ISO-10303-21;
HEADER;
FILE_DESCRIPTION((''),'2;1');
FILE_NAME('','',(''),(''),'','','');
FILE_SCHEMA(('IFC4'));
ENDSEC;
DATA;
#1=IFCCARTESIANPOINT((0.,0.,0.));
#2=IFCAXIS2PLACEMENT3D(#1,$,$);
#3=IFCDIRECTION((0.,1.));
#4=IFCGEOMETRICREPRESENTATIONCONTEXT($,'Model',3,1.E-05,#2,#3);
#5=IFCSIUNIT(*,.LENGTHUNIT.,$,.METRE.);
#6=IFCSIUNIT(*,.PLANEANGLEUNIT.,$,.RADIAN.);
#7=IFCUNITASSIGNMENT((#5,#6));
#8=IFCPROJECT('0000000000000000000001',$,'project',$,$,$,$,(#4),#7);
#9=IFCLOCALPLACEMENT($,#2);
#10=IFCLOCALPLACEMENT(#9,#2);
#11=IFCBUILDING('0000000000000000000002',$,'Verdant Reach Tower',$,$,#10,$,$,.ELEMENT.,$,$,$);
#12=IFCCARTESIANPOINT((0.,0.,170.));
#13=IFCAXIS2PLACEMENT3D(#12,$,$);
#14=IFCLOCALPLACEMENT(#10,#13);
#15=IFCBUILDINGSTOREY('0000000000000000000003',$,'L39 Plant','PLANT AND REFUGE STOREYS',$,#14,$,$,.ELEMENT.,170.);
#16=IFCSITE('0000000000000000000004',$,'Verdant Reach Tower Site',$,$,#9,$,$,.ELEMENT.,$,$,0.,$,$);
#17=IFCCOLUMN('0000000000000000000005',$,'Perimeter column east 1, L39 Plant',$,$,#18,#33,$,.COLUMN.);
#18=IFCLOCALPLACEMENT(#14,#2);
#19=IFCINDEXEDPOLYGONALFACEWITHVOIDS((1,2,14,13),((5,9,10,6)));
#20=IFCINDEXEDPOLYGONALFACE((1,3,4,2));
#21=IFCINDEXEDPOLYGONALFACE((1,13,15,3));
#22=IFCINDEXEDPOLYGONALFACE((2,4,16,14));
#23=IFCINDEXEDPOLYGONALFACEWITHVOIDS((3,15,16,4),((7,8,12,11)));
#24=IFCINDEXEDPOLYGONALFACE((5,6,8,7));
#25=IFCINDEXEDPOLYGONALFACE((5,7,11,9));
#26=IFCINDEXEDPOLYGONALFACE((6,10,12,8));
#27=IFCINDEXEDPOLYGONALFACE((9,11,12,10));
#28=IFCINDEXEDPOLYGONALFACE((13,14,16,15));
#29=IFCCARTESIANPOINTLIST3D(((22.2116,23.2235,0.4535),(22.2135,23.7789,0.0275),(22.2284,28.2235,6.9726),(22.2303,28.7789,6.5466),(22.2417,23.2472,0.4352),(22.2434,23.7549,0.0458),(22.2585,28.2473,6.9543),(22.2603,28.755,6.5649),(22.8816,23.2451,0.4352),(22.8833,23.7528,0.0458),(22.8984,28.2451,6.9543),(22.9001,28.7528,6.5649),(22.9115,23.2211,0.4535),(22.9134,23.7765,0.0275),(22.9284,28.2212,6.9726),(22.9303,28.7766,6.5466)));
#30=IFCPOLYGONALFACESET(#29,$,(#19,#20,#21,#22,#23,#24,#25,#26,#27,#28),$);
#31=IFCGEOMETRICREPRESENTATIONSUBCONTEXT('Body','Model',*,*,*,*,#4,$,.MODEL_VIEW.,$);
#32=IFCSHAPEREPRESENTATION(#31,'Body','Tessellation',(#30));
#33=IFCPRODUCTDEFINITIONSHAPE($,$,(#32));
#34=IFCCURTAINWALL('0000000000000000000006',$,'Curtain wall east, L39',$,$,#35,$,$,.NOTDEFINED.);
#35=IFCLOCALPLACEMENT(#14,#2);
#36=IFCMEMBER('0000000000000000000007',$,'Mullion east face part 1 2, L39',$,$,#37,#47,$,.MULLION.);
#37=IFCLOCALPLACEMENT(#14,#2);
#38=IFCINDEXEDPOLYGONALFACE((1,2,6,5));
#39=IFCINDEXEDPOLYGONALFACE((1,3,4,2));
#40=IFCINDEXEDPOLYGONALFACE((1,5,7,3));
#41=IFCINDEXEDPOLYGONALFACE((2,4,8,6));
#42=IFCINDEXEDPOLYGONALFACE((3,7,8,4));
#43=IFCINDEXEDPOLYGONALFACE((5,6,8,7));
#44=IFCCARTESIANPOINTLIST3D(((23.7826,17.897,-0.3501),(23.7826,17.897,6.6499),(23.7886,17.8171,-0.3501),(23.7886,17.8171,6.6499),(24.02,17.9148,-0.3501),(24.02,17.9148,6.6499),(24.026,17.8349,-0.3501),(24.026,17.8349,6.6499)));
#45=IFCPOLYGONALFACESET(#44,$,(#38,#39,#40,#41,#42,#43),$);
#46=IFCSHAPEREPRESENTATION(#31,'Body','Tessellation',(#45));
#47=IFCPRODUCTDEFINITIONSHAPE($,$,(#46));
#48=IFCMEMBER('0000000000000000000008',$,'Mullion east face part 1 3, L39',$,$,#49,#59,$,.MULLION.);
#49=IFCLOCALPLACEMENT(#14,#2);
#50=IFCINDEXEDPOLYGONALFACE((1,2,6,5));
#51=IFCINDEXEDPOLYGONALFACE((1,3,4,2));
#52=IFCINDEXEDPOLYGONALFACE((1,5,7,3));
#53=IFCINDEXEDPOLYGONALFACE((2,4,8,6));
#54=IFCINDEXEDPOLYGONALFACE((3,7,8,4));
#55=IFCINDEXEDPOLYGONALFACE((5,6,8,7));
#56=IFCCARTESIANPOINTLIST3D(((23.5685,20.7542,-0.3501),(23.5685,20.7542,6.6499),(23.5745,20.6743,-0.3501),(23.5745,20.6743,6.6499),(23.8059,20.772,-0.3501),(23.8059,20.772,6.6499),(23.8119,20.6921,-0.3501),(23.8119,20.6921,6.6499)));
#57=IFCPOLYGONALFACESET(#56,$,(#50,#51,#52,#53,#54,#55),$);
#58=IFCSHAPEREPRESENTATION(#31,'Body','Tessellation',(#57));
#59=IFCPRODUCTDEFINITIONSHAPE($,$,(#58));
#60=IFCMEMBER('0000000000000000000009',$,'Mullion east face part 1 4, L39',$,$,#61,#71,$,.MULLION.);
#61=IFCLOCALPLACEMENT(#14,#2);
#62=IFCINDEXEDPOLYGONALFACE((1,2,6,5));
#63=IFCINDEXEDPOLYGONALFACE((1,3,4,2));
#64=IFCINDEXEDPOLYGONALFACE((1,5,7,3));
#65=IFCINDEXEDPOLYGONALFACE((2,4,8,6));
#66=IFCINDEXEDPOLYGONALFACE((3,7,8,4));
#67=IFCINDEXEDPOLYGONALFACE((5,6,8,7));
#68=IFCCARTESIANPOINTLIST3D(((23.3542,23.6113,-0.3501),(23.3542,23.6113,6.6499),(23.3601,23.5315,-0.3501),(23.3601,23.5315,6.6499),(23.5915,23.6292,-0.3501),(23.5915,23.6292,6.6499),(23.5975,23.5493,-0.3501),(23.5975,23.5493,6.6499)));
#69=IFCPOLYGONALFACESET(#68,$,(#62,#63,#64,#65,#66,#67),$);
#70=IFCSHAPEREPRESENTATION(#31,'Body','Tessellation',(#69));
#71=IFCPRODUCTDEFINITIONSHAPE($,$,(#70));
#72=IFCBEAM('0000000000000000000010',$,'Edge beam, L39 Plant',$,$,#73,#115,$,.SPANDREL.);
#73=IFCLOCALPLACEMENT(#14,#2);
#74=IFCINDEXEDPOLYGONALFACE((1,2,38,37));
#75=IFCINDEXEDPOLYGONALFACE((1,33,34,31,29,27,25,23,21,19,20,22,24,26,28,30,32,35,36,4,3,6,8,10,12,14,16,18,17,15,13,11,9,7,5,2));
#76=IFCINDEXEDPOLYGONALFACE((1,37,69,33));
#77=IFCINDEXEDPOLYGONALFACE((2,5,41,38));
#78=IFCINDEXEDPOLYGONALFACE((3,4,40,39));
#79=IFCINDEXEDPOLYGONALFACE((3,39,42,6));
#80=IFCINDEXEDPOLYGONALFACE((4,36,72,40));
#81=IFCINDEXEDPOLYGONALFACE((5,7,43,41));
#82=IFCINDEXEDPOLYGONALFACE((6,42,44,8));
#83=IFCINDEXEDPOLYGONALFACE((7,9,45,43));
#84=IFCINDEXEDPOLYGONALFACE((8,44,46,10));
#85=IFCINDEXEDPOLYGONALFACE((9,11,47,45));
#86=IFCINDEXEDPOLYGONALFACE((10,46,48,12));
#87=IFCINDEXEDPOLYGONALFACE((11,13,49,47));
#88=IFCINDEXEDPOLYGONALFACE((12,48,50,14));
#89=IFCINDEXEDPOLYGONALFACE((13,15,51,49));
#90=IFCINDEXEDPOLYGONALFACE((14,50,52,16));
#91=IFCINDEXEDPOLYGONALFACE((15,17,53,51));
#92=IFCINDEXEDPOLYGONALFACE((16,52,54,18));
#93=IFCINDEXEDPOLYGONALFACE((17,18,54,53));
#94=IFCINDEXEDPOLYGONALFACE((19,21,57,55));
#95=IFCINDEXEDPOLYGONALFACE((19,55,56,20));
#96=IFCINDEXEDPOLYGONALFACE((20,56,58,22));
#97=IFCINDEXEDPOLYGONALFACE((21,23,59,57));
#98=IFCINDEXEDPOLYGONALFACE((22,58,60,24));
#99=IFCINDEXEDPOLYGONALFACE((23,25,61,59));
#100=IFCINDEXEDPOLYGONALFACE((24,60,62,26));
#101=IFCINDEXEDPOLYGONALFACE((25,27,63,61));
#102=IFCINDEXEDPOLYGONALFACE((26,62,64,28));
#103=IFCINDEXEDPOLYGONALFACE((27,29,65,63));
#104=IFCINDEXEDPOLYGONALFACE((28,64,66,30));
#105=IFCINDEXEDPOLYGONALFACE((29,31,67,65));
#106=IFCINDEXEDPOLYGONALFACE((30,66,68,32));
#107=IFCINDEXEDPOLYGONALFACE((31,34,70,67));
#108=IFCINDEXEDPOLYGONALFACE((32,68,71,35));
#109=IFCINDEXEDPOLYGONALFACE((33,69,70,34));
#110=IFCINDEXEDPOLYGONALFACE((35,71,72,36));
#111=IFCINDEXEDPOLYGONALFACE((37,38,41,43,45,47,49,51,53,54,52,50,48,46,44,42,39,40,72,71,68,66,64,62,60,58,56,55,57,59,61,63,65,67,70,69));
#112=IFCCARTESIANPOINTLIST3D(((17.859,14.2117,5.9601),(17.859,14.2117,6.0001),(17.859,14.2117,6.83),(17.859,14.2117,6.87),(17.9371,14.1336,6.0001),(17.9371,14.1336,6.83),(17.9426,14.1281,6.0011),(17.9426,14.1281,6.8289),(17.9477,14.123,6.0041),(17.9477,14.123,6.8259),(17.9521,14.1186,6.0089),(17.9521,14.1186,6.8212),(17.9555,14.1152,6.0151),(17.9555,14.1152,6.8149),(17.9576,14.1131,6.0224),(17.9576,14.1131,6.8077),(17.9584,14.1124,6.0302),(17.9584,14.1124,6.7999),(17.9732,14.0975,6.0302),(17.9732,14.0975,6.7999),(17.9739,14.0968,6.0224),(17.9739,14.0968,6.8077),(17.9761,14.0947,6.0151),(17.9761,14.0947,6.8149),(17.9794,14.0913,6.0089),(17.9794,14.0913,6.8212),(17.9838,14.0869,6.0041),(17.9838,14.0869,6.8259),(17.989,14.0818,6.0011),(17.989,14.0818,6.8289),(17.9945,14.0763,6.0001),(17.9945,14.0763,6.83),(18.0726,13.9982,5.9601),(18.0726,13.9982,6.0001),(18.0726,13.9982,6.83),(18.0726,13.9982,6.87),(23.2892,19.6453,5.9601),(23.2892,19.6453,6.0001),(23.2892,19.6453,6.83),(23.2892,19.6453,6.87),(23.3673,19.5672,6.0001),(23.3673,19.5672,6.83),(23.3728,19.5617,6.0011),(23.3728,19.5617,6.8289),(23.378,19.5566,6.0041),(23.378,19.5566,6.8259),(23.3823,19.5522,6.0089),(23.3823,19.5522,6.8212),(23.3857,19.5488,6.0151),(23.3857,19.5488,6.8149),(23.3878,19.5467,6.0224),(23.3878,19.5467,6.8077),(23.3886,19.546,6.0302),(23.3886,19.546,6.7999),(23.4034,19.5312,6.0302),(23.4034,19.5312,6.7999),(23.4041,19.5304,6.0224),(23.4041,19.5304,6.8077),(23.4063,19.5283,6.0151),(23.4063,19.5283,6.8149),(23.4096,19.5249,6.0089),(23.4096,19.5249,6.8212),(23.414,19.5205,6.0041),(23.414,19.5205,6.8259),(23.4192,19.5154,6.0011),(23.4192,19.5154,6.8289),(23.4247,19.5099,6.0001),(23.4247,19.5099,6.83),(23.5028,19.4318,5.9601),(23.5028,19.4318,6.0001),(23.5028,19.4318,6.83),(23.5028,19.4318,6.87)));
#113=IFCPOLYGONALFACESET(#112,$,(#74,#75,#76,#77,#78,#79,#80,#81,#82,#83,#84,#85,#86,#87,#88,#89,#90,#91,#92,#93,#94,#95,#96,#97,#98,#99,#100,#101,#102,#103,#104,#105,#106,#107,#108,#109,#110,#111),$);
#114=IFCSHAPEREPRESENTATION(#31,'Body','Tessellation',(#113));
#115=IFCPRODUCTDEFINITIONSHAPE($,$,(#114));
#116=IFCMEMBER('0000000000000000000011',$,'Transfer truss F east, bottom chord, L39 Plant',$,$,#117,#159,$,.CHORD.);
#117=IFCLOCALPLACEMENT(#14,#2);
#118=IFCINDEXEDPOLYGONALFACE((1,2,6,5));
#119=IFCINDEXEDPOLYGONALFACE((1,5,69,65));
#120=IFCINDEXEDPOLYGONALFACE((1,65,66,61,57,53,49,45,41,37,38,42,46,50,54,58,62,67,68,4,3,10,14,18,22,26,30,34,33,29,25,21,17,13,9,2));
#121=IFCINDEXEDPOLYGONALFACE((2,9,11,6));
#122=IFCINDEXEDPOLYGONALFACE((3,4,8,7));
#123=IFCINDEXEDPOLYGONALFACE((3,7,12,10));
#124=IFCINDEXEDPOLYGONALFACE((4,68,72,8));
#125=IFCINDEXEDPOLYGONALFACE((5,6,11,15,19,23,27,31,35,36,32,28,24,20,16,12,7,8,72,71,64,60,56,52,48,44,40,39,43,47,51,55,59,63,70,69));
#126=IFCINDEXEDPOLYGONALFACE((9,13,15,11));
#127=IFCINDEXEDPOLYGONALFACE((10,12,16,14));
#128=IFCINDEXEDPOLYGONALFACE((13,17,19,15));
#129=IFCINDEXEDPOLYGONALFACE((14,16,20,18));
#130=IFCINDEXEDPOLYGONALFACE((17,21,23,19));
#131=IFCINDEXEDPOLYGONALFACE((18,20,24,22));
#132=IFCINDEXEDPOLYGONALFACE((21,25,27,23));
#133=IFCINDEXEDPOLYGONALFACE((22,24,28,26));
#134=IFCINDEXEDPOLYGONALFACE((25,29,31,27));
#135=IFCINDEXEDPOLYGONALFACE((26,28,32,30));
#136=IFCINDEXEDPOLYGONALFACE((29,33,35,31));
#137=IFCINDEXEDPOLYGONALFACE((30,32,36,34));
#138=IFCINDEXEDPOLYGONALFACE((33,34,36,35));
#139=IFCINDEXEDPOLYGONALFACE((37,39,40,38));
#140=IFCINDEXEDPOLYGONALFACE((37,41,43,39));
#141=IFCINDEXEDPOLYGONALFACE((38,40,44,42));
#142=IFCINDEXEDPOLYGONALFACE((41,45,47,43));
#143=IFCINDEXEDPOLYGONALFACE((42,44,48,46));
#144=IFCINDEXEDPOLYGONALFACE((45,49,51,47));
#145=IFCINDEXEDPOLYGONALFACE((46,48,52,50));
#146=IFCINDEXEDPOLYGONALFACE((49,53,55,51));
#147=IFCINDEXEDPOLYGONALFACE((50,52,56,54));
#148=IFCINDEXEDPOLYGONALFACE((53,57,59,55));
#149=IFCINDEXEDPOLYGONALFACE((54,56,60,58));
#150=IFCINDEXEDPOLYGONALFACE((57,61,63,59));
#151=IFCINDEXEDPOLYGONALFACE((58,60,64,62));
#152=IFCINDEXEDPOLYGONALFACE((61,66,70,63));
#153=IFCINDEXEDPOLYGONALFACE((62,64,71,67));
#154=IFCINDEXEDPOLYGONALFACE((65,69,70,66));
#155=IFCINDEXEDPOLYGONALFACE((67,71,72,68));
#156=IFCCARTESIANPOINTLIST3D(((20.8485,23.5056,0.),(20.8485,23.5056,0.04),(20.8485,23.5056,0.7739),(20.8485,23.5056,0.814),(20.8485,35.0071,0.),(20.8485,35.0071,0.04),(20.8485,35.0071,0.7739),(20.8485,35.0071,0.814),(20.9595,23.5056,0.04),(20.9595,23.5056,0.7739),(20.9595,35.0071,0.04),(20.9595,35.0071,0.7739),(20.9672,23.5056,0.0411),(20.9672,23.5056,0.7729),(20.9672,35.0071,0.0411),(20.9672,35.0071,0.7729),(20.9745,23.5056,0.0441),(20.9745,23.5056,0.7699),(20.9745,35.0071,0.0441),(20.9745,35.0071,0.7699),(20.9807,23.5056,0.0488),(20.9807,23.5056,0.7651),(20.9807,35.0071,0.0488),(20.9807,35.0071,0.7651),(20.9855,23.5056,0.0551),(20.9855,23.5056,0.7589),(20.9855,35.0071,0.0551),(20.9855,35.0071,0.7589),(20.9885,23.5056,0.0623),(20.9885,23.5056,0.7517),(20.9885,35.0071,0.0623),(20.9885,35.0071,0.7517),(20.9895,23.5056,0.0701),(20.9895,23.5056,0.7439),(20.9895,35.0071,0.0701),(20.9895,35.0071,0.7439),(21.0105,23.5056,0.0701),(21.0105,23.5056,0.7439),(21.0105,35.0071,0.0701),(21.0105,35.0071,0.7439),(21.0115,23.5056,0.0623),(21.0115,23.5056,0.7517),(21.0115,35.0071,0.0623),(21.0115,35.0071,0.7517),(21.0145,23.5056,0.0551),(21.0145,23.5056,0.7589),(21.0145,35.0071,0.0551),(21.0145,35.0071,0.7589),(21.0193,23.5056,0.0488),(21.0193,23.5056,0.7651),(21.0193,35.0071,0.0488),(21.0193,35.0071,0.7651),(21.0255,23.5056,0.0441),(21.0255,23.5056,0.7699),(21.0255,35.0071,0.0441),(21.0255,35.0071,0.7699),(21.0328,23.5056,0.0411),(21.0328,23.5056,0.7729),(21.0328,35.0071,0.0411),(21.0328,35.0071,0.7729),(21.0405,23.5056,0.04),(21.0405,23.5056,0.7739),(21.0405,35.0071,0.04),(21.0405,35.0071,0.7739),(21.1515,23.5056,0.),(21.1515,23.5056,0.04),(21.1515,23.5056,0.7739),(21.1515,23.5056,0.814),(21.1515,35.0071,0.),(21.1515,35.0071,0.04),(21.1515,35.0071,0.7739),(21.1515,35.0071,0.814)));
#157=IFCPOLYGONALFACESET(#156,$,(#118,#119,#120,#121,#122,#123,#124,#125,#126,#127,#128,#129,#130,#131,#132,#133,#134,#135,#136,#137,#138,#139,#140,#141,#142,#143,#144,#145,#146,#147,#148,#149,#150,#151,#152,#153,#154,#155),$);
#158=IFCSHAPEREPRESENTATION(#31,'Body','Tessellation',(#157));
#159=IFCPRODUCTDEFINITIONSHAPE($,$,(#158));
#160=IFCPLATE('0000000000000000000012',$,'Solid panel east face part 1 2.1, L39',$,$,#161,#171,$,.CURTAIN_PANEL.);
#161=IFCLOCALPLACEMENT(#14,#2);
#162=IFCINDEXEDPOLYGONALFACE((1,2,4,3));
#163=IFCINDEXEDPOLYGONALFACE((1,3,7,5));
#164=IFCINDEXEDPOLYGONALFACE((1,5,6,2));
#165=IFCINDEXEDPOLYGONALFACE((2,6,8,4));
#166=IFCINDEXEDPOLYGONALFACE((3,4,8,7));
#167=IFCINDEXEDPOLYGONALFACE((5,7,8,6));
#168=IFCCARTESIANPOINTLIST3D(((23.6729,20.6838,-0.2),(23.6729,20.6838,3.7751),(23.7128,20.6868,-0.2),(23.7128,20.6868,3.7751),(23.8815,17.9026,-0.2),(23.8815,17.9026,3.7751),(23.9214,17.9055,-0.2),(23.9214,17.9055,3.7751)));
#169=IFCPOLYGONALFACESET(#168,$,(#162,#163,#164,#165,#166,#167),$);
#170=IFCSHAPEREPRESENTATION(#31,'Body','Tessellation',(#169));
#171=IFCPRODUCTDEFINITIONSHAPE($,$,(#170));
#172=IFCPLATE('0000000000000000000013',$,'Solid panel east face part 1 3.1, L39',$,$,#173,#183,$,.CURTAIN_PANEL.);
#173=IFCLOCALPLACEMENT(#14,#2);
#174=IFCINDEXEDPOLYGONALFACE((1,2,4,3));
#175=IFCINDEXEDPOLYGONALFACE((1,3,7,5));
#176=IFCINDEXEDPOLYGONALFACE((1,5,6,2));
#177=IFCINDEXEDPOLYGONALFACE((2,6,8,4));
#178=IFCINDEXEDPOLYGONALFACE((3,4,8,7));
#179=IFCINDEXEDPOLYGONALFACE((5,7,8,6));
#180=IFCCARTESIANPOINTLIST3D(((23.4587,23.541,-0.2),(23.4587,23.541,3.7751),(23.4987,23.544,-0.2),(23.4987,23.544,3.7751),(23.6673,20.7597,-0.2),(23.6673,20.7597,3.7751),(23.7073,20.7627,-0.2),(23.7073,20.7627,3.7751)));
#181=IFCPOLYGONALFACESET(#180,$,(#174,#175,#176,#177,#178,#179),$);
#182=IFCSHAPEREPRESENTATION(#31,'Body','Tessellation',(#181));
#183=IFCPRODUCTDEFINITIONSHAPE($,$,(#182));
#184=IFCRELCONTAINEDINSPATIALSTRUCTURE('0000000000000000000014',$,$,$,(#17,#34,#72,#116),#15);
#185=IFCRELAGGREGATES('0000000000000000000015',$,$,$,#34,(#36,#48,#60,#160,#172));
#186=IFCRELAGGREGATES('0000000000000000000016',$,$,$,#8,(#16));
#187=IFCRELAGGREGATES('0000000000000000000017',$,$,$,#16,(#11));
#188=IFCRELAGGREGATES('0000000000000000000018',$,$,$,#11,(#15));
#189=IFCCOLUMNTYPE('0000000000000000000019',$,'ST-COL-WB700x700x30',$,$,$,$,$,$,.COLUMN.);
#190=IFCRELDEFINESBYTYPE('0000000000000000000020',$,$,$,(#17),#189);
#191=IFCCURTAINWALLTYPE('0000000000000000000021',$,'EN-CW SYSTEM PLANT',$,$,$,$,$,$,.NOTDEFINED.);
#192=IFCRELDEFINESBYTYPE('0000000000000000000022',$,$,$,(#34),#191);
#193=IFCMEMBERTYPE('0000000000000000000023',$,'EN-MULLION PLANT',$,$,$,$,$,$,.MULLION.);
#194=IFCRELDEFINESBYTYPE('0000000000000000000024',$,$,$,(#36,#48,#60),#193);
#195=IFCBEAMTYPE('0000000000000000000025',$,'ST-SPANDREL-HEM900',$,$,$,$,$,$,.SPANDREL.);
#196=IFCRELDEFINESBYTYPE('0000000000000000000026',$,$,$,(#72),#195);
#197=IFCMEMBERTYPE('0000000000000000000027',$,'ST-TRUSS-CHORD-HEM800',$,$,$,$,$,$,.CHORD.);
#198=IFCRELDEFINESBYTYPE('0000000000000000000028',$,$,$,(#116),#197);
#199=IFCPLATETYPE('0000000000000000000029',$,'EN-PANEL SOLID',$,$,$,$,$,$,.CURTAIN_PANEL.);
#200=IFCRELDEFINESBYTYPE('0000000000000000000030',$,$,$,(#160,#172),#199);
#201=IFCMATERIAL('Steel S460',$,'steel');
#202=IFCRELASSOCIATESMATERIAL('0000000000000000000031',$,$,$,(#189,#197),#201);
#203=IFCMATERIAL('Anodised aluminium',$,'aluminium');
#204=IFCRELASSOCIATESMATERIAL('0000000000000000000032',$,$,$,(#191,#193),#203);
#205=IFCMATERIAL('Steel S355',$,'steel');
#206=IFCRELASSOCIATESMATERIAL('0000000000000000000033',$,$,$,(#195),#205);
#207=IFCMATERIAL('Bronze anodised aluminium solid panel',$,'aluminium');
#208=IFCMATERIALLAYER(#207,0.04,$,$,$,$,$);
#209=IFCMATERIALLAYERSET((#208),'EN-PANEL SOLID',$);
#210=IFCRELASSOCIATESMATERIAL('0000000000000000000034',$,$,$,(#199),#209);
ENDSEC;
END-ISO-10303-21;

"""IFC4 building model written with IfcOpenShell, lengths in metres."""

from ifc_helpers import new_model, si_unit, direction, frame, origin, origin_2d, place, context, subcontext, project, spatial, rectangle, hollow_rectangle, i_section, extrude, material, layer, layer_set, material_profile, profile_set, type_object, element, aggregate, save


model = new_model("IFC4")

# Units and contexts
model_context = context("Model", 3, precision=1e-05, world=origin(), true_north=direction((0.0, 1.0)))
body_context = subcontext(model_context, "Body", "Model", "MODEL_VIEW")
ifc_project = project(units=[si_unit("LENGTHUNIT", "METRE"), si_unit("PLANEANGLEUNIT", "RADIAN")], contexts=[model_context])

# Site, building, storey
site_placement = place(None, origin())
site = spatial("IfcSite", under=ifc_project, at=site_placement, Name="Verdant Reach Tower Site", CompositionType="ELEMENT", RefElevation=0.0)
building_placement = place(site_placement, origin())
building = spatial("IfcBuilding", under=site, at=building_placement, Name="Verdant Reach Tower", CompositionType="ELEMENT")
storey_placement = place(building_placement, frame((0.0, 0.0, 170.0)))
storey = spatial("IfcBuildingStorey", under=building, at=storey_placement, Name="L39 Plant", Description="PLANT AND REFUGE STOREYS", CompositionType="ELEMENT", Elevation=170.0)

# Column
ifc_material_1 = material(Name="Steel S460", Category="steel")
ifc_material_profile_1 = material_profile(ifc_material_1, hollow_rectangle(XDim=0.7, YDim=0.7, WallThickness=0.03, at=origin_2d()), Name="WB 700x700x30")
ifc_profile_set_1 = profile_set([ifc_material_profile_1], Name="Steel S460")
column_type = type_object("IfcColumnType", Name="ST-COL-WB700x700x30", PredefinedType="COLUMN", material=ifc_profile_set_1)
column_placement = place(storey_placement, frame((22.5625, 23.5, 0.2405), z_axis=(0.00205, 0.608589, 0.793483), x_axis=(-0.999994, 0.003369, 0.0)))
element("IfcColumn", 1, at=column_placement, inside=storey, type_object=column_type, Name="Perimeter column east 1, L39 Plant", PredefinedType="COLUMN", context=body_context, shape_type="SweptSolid", body=[
    extrude(hollow_rectangle(XDim=0.7, YDim=0.7, WallThickness=0.03, at=origin_2d()), origin(), (0.0, 0.0, 1.0), 8.2158),
])

# Curtain wall, members
ifc_material_2 = material(Name="Anodised aluminium", Category="aluminium")
curtain_wall_type = type_object("IfcCurtainWallType", Name="EN-CW SYSTEM PLANT", PredefinedType="NOTDEFINED", material=ifc_material_2)
curtain_wall_placement = place(storey_placement, origin())
curtain_wall = element("IfcCurtainWall", 2, at=curtain_wall_placement, inside=storey, type_object=curtain_wall_type, Name="Curtain wall east, L39", PredefinedType="NOTDEFINED")
ifc_material_profile_2 = material_profile(ifc_material_2, rectangle(XDim=0.238, YDim=0.0801, at=origin_2d()), Name="Mullion 80x240")
ifc_profile_set_2 = profile_set([ifc_material_profile_2], Name="Anodised aluminium")
member_type_1 = type_object("IfcMemberType", Name="EN-MULLION PLANT", PredefinedType="MULLION", material=ifc_profile_set_2)
member_1_placement = place(storey_placement, frame((23.9043, 17.866, -0.3501), z_axis=(0.0, 0.0, 1.0), x_axis=(0.997199, 0.07479, 0.0)))
member_1 = element("IfcMember", 3, at=member_1_placement, type_object=member_type_1, Name="Mullion east face part 1 2, L39", PredefinedType="MULLION", context=body_context, shape_type="SweptSolid", body=[
    extrude(rectangle(XDim=0.238, YDim=0.0801, at=origin_2d()), origin(), (0.0, 0.0, 1.0), 7.0),
])
member_2_placement = place(storey_placement, frame((23.6902, 20.7231, -0.3501), z_axis=(0.0, 0.0, 1.0), x_axis=(0.997199, 0.07479, 0.0)))
member_2 = element("IfcMember", 4, at=member_2_placement, type_object=member_type_1, Name="Mullion east face part 1 3, L39", PredefinedType="MULLION", context=body_context, shape_type="SweptSolid", body=[
    extrude(rectangle(XDim=0.238, YDim=0.0801, at=origin_2d()), origin(), (0.0, 0.0, 1.0), 7.0),
])
member_3_placement = place(storey_placement, frame((23.4758, 23.5803, -0.3501), z_axis=(0.0, 0.0, 1.0), x_axis=(0.997199, 0.07479, 0.0)))
member_3 = element("IfcMember", 5, at=member_3_placement, type_object=member_type_1, Name="Mullion east face part 1 4, L39", PredefinedType="MULLION", context=body_context, shape_type="SweptSolid", body=[
    extrude(rectangle(XDim=0.238, YDim=0.0801, at=origin_2d()), origin(), (0.0, 0.0, 1.0), 7.0),
])

# Beam
ifc_material_3 = material(Name="Steel S355", Category="steel")
ifc_material_profile_3 = material_profile(ifc_material_3, i_section(OverallWidth=0.302, OverallDepth=0.9099, WebThickness=0.021, FlangeThickness=0.04, FilletRadius=0.03, at=origin_2d()), Name="HEM 900")
ifc_profile_set_3 = profile_set([ifc_material_profile_3], Name="Steel S355")
beam_type = type_object("IfcBeamType", Name="ST-SPANDREL-HEM900", PredefinedType="SPANDREL", material=ifc_profile_set_3)
beam_placement = place(storey_placement, frame((23.396, 19.5386, 6.415), z_axis=(-0.706884, -0.707329, 0.0), x_axis=(0.707329, -0.706884, 0.0)))
element("IfcBeam", 6, at=beam_placement, inside=storey, type_object=beam_type, Name="Edge beam, L39 Plant", PredefinedType="SPANDREL", context=body_context, shape_type="SweptSolid", body=[
    extrude(i_section(OverallWidth=0.302, OverallDepth=0.9099, WebThickness=0.021, FlangeThickness=0.04, FilletRadius=0.03, at=origin_2d()), origin(), (0.0, 0.0, 1.0), 7.6819),
])

# Member
ifc_material_profile_4 = material_profile(ifc_material_1, i_section(OverallWidth=0.303, OverallDepth=0.814, WebThickness=0.021, FlangeThickness=0.04, FilletRadius=0.03, at=origin_2d()), Name="HEM 800")
ifc_profile_set_4 = profile_set([ifc_material_profile_4], Name="Steel S460")
member_type_2 = type_object("IfcMemberType", Name="ST-TRUSS-CHORD-HEM800", PredefinedType="CHORD", material=ifc_profile_set_4)
member_4_placement = place(storey_placement, frame((21.0, 23.5056, 0.407), z_axis=(0.0, 1.0, 0.0), x_axis=(-1.0, 0.0, 0.0)))
element("IfcMember", 7, at=member_4_placement, inside=storey, type_object=member_type_2, Name="Transfer truss F east, bottom chord, L39 Plant", PredefinedType="CHORD", context=body_context, shape_type="SweptSolid", body=[
    extrude(i_section(OverallWidth=0.303, OverallDepth=0.814, WebThickness=0.021, FlangeThickness=0.04, FilletRadius=0.03, at=origin_2d()), origin(), (0.0, 0.0, 1.0), 11.5015),
])

# Plates
ifc_material_4 = material(Name="Bronze anodised aluminium solid panel", Category="aluminium")
ifc_layer_1 = layer(ifc_material_4, 0.04)
ifc_layer_set_1 = layer_set([ifc_layer_1], Name="EN-PANEL SOLID")
plate_type_1 = type_object("IfcPlateType", Name="EN-PANEL SOLID", PredefinedType="CURTAIN_PANEL", material=ifc_layer_set_1)
plate_1_placement = place(storey_placement, frame((23.7971, 19.2947, -0.2), z_axis=(0.0, 0.0, 1.0), x_axis=(-0.07479, 0.997199, 0.0)))
plate_1 = element("IfcPlate", 8, at=plate_1_placement, type_object=plate_type_1, Name="Solid panel east face part 1 2.1, L39", PredefinedType="CURTAIN_PANEL", context=body_context, shape_type="SweptSolid", body=[
    extrude(rectangle(XDim=2.7891, YDim=0.04, at=origin_2d()), origin(), (0.0, 0.0, 1.0), 3.9751),
])
plate_2_placement = place(storey_placement, frame((23.583, 22.1519, -0.2), z_axis=(0.0, 0.0, 1.0), x_axis=(-0.07479, 0.997199, 0.0)))
plate_2 = element("IfcPlate", 9, at=plate_2_placement, type_object=plate_type_1, Name="Solid panel east face part 1 3.1, L39", PredefinedType="CURTAIN_PANEL", context=body_context, shape_type="SweptSolid", body=[
    extrude(rectangle(XDim=2.7891, YDim=0.04, at=origin_2d()), origin(), (0.0, 0.0, 1.0), 3.9751),
])

aggregate(curtain_wall, [member_1, member_2, member_3, plate_1, plate_2])

save(model, "model.ifc")
